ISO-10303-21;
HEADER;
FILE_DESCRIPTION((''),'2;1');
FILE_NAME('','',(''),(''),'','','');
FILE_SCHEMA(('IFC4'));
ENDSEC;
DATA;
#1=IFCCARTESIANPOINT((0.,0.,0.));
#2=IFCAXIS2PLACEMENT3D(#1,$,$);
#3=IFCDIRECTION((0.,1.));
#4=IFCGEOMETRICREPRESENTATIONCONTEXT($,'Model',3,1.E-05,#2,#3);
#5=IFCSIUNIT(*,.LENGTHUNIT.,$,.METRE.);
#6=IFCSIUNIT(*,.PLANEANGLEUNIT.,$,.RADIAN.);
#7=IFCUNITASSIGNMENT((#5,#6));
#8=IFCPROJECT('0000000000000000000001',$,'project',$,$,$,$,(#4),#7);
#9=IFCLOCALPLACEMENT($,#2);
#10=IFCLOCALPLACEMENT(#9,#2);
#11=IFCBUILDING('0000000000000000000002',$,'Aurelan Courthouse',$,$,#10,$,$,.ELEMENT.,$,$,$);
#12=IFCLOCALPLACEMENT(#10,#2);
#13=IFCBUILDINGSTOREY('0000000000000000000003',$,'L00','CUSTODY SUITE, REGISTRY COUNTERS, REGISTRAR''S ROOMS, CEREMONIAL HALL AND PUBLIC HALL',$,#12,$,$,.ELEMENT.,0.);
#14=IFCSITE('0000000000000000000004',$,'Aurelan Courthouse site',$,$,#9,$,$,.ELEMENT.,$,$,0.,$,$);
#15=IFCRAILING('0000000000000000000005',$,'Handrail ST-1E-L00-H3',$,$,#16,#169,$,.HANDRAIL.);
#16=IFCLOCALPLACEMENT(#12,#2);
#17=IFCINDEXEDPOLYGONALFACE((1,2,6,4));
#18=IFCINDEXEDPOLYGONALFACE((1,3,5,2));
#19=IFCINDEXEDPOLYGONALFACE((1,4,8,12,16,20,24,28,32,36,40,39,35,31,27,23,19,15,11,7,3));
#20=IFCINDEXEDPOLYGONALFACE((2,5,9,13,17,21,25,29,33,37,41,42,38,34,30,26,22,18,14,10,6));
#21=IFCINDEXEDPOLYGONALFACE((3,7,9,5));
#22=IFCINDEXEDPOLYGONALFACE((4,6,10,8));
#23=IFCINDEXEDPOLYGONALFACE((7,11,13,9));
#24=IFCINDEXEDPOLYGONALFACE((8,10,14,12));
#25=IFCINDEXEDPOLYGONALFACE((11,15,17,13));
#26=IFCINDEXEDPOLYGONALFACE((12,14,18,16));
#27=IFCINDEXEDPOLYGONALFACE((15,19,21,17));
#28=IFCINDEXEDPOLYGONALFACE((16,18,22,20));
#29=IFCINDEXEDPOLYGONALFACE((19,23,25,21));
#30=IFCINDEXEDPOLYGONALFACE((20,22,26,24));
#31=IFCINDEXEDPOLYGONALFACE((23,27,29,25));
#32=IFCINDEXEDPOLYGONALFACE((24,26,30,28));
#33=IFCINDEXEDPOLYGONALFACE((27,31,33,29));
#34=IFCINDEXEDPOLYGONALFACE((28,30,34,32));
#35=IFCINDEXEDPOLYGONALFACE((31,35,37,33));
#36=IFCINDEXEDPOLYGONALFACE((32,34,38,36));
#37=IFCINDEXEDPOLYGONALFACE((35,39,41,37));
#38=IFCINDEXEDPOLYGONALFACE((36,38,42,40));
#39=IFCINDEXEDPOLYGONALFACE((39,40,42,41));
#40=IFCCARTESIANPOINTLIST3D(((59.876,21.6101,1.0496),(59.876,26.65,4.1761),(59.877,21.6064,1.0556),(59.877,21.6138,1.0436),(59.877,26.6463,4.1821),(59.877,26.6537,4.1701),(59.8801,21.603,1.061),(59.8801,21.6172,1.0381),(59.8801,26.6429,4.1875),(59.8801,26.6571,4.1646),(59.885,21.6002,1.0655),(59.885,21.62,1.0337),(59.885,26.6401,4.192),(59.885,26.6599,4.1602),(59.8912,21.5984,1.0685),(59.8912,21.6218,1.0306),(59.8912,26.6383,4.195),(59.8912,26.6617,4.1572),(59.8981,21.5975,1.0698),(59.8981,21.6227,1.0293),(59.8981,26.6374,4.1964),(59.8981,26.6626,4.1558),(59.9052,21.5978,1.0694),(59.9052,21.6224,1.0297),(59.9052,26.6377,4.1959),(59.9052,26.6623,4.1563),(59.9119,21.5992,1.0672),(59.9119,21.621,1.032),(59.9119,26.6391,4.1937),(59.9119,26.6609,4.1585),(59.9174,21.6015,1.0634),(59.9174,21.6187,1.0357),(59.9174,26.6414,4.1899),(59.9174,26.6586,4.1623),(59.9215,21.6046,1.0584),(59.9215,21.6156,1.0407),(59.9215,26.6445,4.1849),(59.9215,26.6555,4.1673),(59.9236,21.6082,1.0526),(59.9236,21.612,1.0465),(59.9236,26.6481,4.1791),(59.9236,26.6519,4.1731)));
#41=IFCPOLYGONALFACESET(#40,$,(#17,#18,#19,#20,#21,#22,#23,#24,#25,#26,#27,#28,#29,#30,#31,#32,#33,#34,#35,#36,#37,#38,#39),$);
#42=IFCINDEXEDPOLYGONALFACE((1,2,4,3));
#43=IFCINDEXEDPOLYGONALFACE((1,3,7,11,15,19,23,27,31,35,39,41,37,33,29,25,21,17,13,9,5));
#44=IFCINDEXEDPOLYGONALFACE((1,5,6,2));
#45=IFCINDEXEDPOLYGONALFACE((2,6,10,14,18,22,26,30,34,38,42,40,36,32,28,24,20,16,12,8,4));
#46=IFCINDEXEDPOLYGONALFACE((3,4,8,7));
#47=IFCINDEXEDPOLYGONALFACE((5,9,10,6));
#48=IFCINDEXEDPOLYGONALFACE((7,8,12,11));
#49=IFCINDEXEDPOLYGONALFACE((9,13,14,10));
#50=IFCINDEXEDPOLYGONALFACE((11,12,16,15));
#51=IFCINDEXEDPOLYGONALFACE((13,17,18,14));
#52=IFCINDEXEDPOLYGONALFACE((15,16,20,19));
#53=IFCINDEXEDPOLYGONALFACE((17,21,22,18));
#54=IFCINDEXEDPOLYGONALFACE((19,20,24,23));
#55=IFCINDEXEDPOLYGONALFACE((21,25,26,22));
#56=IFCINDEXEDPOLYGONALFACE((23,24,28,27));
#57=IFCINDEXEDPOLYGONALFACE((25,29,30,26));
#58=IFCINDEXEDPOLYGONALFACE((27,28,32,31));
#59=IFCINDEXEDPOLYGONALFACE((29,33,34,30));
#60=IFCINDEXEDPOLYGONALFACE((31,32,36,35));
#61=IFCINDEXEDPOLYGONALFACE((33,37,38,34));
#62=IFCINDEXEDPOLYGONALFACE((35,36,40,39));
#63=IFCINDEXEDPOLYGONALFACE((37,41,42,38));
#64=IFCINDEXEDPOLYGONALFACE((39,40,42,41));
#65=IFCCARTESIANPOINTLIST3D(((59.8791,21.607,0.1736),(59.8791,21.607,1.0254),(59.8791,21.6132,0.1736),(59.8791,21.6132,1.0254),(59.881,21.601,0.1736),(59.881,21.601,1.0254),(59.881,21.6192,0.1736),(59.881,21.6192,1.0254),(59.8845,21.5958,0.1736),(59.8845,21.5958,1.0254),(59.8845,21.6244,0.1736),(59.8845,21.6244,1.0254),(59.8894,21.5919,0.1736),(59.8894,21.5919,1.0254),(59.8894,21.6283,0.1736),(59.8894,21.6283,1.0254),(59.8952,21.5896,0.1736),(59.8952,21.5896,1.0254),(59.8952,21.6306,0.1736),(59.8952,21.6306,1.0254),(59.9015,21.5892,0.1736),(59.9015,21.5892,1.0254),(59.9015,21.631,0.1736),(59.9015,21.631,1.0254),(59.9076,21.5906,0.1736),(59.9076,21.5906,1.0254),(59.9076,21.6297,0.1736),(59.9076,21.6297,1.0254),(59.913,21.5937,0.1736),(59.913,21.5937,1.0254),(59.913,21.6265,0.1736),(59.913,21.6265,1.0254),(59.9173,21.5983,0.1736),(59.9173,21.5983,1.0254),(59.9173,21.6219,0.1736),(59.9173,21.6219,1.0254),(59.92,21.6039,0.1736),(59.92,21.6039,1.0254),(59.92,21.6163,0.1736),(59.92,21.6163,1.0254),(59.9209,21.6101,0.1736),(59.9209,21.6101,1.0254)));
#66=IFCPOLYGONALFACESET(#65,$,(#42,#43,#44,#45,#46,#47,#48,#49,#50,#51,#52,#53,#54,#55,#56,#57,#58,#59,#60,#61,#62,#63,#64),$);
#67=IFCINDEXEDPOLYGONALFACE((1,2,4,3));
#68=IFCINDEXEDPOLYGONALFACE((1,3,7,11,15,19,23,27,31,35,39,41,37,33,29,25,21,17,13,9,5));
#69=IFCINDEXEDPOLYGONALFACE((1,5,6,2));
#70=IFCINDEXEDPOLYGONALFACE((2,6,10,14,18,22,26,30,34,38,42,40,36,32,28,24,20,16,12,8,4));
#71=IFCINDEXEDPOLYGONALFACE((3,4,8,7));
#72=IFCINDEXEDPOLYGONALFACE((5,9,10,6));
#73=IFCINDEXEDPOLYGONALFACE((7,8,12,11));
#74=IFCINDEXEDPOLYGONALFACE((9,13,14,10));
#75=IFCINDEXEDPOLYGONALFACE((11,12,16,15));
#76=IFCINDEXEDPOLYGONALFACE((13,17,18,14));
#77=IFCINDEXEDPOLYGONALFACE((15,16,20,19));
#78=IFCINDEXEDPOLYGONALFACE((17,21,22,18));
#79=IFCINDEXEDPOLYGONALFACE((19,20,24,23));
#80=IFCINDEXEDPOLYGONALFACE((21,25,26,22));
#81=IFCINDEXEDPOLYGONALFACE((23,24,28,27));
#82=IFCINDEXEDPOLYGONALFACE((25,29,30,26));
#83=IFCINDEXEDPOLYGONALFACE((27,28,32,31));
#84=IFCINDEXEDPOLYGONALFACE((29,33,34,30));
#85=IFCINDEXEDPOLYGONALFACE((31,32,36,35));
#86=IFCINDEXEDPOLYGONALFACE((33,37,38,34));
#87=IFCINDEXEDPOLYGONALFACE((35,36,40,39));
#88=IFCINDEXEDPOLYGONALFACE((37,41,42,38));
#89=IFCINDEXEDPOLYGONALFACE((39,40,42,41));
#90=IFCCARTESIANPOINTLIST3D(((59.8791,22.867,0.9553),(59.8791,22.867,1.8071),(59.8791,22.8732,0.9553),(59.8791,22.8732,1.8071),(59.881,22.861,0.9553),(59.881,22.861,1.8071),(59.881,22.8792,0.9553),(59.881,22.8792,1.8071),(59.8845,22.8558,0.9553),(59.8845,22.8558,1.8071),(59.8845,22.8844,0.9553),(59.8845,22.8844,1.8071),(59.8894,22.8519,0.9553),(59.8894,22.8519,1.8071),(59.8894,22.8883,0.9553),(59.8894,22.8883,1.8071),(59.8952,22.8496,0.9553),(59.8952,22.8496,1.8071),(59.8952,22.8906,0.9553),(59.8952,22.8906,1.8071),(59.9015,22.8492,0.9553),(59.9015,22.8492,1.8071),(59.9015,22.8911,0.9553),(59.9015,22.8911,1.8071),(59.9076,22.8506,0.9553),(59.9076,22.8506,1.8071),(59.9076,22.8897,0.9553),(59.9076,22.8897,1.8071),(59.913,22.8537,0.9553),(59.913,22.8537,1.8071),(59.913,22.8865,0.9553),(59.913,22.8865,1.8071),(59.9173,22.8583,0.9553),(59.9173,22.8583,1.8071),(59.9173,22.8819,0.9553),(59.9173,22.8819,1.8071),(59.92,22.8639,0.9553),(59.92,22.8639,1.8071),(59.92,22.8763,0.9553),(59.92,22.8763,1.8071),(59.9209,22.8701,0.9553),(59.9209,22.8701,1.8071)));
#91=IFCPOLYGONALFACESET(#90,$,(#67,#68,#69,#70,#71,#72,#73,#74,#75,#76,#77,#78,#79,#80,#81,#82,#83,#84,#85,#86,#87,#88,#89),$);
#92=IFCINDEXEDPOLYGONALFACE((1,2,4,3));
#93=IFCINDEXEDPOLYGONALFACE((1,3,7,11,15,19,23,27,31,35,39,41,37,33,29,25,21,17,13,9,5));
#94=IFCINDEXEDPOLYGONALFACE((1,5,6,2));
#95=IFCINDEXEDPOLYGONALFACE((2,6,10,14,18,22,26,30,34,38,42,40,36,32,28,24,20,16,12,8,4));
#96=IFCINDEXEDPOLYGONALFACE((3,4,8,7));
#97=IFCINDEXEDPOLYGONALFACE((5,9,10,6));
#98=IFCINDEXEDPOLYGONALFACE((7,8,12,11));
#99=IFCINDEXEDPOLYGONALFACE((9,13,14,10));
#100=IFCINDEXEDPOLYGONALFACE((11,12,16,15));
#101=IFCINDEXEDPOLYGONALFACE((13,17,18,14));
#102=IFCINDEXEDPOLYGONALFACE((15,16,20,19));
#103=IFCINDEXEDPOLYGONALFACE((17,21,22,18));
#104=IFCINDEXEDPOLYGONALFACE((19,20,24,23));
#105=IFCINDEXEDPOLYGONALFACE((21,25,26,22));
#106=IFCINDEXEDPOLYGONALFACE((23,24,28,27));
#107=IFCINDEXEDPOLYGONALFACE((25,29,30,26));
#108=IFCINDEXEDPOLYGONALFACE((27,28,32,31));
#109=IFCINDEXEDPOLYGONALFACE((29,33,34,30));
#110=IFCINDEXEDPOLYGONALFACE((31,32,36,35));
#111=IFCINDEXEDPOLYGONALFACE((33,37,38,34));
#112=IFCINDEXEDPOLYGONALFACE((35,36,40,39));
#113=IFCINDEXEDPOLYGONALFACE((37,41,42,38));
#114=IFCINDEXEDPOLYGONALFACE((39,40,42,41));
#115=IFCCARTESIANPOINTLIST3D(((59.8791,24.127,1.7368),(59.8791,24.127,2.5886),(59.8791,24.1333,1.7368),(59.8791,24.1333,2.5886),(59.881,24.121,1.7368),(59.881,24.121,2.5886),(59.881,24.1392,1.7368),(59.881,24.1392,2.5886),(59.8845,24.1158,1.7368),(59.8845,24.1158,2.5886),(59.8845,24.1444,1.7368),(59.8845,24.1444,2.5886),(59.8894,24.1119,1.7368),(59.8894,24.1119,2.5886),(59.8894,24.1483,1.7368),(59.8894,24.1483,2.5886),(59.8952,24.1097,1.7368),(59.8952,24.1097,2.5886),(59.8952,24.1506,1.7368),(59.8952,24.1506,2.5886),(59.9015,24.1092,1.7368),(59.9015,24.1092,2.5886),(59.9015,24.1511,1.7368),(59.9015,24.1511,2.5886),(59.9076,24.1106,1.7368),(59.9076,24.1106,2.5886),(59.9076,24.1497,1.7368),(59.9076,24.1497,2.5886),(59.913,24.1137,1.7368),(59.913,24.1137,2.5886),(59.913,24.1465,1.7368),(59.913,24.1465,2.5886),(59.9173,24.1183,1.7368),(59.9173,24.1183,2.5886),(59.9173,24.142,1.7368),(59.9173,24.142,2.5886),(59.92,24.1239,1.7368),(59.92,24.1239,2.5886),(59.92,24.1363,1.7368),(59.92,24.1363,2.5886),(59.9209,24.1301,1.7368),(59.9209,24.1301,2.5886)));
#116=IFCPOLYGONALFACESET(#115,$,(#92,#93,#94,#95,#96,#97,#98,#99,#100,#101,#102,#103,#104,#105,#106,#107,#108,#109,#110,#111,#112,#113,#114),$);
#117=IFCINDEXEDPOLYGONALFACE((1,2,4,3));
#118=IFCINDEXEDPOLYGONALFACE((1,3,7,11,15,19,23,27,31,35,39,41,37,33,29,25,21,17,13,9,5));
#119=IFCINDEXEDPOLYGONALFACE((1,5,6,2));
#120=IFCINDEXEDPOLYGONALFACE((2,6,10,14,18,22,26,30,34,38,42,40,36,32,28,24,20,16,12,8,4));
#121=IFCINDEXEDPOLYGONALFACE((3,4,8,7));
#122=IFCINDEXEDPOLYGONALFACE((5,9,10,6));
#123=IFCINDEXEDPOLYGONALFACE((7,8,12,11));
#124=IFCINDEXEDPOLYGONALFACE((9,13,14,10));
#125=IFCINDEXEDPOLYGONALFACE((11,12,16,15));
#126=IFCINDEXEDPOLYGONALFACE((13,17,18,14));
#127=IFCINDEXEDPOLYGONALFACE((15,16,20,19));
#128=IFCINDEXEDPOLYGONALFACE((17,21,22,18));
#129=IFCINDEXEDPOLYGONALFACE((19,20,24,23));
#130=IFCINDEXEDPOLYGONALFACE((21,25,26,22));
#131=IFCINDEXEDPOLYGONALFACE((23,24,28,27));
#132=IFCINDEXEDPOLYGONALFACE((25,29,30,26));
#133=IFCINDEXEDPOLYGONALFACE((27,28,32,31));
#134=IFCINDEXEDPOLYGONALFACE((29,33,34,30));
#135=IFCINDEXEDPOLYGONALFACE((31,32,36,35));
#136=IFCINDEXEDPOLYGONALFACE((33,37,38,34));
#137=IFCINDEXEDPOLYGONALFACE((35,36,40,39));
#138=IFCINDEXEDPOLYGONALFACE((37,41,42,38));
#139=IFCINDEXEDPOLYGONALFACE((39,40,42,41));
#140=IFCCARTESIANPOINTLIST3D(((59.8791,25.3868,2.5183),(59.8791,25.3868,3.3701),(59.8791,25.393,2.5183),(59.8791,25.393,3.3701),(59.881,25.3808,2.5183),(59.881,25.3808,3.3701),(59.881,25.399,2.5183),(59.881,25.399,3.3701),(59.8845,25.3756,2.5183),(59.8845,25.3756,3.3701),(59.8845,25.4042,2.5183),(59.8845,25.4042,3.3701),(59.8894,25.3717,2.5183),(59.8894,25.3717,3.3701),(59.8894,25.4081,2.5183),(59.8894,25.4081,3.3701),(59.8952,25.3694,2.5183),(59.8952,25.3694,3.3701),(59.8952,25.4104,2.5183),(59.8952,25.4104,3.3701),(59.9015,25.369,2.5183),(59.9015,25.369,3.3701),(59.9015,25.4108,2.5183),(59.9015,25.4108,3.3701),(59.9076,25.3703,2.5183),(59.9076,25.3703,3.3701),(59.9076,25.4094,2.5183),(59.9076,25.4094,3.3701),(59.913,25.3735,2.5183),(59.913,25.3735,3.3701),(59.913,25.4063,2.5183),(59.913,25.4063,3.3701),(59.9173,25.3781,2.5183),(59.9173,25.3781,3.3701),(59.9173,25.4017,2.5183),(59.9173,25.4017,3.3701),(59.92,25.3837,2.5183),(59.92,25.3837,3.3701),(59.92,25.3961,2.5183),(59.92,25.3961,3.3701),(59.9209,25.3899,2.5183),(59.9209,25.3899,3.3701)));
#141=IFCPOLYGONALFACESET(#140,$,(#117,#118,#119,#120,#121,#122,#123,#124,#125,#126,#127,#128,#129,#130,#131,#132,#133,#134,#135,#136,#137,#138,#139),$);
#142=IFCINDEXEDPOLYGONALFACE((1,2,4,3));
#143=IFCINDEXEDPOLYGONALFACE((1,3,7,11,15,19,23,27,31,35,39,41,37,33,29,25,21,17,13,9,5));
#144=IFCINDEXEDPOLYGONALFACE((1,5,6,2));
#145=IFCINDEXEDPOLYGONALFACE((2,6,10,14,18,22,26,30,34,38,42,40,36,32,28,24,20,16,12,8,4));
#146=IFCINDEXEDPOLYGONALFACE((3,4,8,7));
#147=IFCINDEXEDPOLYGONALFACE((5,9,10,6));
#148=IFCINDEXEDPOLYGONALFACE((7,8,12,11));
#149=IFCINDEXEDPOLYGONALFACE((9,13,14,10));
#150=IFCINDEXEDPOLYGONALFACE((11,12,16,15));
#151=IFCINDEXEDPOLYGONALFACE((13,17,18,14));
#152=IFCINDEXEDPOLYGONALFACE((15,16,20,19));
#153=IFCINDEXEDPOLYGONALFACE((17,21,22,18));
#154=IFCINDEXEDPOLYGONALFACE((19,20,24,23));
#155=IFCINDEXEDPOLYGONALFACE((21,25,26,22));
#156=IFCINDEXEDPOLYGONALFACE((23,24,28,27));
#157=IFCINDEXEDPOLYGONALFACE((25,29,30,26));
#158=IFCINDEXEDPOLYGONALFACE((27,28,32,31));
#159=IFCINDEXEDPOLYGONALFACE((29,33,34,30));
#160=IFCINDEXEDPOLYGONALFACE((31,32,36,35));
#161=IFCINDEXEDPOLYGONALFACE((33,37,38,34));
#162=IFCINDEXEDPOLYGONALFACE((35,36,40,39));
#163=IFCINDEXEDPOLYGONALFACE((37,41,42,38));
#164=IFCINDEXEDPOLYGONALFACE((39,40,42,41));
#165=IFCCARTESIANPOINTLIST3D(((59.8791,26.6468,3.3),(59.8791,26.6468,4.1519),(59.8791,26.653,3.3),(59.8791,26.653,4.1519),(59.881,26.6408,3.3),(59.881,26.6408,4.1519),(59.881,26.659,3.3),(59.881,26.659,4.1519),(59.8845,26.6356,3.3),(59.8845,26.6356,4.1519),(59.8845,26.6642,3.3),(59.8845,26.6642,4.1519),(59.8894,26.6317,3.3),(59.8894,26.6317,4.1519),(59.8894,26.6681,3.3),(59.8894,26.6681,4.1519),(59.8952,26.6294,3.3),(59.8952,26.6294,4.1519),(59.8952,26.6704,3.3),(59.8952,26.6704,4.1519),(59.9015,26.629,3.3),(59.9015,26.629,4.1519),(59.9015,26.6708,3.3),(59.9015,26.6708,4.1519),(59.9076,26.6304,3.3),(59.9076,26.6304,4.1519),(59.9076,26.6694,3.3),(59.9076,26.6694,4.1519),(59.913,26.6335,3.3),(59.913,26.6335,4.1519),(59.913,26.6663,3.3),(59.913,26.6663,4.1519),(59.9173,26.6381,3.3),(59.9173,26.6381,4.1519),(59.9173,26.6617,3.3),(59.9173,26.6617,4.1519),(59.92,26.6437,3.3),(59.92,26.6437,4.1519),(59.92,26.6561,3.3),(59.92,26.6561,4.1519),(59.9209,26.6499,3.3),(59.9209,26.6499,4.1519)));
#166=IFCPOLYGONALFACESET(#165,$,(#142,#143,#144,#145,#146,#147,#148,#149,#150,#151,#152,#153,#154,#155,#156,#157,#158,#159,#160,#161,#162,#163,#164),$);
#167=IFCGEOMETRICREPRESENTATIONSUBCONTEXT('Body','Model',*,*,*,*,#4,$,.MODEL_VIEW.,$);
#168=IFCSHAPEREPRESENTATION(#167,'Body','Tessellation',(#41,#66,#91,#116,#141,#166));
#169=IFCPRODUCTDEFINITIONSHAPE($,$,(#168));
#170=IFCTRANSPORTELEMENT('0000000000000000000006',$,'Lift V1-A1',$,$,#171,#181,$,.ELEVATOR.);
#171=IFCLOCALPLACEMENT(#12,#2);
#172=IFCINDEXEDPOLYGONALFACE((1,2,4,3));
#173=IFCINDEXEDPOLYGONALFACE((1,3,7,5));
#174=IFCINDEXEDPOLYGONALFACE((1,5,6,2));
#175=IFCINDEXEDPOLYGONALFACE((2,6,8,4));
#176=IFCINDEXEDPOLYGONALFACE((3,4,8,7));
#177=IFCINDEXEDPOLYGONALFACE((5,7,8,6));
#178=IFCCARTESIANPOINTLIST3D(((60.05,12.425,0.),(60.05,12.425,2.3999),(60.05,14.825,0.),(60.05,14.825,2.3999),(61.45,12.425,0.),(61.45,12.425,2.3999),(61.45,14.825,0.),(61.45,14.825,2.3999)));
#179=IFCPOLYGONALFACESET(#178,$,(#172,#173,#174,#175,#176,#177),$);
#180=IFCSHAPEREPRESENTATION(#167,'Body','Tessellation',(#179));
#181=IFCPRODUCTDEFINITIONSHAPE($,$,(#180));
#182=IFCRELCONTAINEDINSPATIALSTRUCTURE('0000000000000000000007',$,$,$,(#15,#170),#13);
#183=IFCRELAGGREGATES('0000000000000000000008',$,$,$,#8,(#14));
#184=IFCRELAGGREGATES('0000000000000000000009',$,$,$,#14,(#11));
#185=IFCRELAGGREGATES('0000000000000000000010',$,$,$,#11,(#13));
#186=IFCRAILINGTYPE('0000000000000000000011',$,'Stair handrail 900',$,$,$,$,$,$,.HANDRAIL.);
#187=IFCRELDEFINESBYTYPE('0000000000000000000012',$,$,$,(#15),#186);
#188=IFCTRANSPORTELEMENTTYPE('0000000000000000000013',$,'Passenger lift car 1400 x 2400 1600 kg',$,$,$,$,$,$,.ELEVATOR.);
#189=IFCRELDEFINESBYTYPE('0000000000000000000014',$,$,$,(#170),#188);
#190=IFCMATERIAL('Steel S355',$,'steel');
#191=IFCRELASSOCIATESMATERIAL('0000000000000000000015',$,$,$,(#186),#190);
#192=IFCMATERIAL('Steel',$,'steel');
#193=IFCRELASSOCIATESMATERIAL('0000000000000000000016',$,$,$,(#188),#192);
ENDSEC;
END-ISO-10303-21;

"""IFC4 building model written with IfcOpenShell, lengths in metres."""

from ifc_helpers import new_model, si_unit, direction, frame, origin, origin_2d, place, context, subcontext, project, spatial, rectangle, circle, extrude, material, type_object, element, save


model = new_model("IFC4")

# Units and contexts
model_context = context("Model", 3, precision=1e-05, world=origin(), true_north=direction((0.0, 1.0)))
body_context = subcontext(model_context, "Body", "Model", "MODEL_VIEW")
ifc_project = project(units=[si_unit("LENGTHUNIT", "METRE"), si_unit("PLANEANGLEUNIT", "RADIAN")], contexts=[model_context])

# Site, building, storey
site_placement = place(None, origin())
site = spatial("IfcSite", under=ifc_project, at=site_placement, Name="Aurelan Courthouse site", CompositionType="ELEMENT", RefElevation=0.0)
building_placement = place(site_placement, origin())
building = spatial("IfcBuilding", under=site, at=building_placement, Name="Aurelan Courthouse", CompositionType="ELEMENT")
storey_placement = place(building_placement, origin())
storey = spatial("IfcBuildingStorey", under=building, at=storey_placement, Name="L00", Description="CUSTODY SUITE, REGISTRY COUNTERS, REGISTRAR'S ROOMS, CEREMONIAL HALL AND PUBLIC HALL", CompositionType="ELEMENT", Elevation=0.0)

# Railing
ifc_material_1 = material(Name="Steel S355", Category="steel")
railing_type = type_object("IfcRailingType", Name="Stair handrail 900", PredefinedType="HANDRAIL", material=ifc_material_1)
for number, where, name in (
    (1, (59.8999, 21.6101, 0.1736), "Handrail ST-1E-L00-H3"),
):
    element("IfcRailing", number, at=place(storey_placement, frame(where)), inside=storey, type_object=railing_type, Name=name, PredefinedType="HANDRAIL", context=body_context, shape_type="SweptSolid", body=[
        extrude(circle(Radius=0.0239, at=origin_2d()), frame((0.0, 0.0, 0.876), z_axis=(0.0, 0.849767, 0.527158), x_axis=(-1.0, 0.0, 0.0)), (0.0, 0.0, 1.0), 5.9309),
        extrude(circle(Radius=0.021, at=origin_2d()), origin(), (0.0, 0.0, 1.0), 0.8518),
        extrude(circle(Radius=0.021, at=origin_2d()), frame((0.0, 1.26, 0.7817)), (0.0, 0.0, 1.0), 0.8518),
        extrude(circle(Radius=0.021, at=origin_2d()), frame((0.0, 2.52, 1.5632)), (0.0, 0.0, 1.0), 0.8518),
        extrude(circle(Radius=0.021, at=origin_2d()), frame((0.0, 3.7798, 2.3447)), (0.0, 0.0, 1.0), 0.8518),
        extrude(circle(Radius=0.021, at=origin_2d()), frame((0.0, 5.0398, 3.1265)), (0.0, 0.0, 1.0), 0.8518),
    ])

# Transport element
ifc_material_2 = material(Name="Steel", Category="steel")
transport_element_type = type_object("IfcTransportElementType", Name="Passenger lift car 1400 x 2400 1600 kg", PredefinedType="ELEVATOR", material=ifc_material_2)
transport_element_placement = place(storey_placement, frame((60.75, 13.625, 0.0), z_axis=(0.0, 0.0, 1.0), x_axis=(1.0, 0.0, 0.0)))
element("IfcTransportElement", 2, at=transport_element_placement, inside=storey, type_object=transport_element_type, Name="Lift V1-A1", PredefinedType="ELEVATOR", context=body_context, shape_type="SweptSolid", body=[
    extrude(rectangle(XDim=1.3999, YDim=2.3999, at=origin_2d()), origin(), (0.0, 0.0, 1.0), 2.3999),
])

save(model, "model.ifc")
